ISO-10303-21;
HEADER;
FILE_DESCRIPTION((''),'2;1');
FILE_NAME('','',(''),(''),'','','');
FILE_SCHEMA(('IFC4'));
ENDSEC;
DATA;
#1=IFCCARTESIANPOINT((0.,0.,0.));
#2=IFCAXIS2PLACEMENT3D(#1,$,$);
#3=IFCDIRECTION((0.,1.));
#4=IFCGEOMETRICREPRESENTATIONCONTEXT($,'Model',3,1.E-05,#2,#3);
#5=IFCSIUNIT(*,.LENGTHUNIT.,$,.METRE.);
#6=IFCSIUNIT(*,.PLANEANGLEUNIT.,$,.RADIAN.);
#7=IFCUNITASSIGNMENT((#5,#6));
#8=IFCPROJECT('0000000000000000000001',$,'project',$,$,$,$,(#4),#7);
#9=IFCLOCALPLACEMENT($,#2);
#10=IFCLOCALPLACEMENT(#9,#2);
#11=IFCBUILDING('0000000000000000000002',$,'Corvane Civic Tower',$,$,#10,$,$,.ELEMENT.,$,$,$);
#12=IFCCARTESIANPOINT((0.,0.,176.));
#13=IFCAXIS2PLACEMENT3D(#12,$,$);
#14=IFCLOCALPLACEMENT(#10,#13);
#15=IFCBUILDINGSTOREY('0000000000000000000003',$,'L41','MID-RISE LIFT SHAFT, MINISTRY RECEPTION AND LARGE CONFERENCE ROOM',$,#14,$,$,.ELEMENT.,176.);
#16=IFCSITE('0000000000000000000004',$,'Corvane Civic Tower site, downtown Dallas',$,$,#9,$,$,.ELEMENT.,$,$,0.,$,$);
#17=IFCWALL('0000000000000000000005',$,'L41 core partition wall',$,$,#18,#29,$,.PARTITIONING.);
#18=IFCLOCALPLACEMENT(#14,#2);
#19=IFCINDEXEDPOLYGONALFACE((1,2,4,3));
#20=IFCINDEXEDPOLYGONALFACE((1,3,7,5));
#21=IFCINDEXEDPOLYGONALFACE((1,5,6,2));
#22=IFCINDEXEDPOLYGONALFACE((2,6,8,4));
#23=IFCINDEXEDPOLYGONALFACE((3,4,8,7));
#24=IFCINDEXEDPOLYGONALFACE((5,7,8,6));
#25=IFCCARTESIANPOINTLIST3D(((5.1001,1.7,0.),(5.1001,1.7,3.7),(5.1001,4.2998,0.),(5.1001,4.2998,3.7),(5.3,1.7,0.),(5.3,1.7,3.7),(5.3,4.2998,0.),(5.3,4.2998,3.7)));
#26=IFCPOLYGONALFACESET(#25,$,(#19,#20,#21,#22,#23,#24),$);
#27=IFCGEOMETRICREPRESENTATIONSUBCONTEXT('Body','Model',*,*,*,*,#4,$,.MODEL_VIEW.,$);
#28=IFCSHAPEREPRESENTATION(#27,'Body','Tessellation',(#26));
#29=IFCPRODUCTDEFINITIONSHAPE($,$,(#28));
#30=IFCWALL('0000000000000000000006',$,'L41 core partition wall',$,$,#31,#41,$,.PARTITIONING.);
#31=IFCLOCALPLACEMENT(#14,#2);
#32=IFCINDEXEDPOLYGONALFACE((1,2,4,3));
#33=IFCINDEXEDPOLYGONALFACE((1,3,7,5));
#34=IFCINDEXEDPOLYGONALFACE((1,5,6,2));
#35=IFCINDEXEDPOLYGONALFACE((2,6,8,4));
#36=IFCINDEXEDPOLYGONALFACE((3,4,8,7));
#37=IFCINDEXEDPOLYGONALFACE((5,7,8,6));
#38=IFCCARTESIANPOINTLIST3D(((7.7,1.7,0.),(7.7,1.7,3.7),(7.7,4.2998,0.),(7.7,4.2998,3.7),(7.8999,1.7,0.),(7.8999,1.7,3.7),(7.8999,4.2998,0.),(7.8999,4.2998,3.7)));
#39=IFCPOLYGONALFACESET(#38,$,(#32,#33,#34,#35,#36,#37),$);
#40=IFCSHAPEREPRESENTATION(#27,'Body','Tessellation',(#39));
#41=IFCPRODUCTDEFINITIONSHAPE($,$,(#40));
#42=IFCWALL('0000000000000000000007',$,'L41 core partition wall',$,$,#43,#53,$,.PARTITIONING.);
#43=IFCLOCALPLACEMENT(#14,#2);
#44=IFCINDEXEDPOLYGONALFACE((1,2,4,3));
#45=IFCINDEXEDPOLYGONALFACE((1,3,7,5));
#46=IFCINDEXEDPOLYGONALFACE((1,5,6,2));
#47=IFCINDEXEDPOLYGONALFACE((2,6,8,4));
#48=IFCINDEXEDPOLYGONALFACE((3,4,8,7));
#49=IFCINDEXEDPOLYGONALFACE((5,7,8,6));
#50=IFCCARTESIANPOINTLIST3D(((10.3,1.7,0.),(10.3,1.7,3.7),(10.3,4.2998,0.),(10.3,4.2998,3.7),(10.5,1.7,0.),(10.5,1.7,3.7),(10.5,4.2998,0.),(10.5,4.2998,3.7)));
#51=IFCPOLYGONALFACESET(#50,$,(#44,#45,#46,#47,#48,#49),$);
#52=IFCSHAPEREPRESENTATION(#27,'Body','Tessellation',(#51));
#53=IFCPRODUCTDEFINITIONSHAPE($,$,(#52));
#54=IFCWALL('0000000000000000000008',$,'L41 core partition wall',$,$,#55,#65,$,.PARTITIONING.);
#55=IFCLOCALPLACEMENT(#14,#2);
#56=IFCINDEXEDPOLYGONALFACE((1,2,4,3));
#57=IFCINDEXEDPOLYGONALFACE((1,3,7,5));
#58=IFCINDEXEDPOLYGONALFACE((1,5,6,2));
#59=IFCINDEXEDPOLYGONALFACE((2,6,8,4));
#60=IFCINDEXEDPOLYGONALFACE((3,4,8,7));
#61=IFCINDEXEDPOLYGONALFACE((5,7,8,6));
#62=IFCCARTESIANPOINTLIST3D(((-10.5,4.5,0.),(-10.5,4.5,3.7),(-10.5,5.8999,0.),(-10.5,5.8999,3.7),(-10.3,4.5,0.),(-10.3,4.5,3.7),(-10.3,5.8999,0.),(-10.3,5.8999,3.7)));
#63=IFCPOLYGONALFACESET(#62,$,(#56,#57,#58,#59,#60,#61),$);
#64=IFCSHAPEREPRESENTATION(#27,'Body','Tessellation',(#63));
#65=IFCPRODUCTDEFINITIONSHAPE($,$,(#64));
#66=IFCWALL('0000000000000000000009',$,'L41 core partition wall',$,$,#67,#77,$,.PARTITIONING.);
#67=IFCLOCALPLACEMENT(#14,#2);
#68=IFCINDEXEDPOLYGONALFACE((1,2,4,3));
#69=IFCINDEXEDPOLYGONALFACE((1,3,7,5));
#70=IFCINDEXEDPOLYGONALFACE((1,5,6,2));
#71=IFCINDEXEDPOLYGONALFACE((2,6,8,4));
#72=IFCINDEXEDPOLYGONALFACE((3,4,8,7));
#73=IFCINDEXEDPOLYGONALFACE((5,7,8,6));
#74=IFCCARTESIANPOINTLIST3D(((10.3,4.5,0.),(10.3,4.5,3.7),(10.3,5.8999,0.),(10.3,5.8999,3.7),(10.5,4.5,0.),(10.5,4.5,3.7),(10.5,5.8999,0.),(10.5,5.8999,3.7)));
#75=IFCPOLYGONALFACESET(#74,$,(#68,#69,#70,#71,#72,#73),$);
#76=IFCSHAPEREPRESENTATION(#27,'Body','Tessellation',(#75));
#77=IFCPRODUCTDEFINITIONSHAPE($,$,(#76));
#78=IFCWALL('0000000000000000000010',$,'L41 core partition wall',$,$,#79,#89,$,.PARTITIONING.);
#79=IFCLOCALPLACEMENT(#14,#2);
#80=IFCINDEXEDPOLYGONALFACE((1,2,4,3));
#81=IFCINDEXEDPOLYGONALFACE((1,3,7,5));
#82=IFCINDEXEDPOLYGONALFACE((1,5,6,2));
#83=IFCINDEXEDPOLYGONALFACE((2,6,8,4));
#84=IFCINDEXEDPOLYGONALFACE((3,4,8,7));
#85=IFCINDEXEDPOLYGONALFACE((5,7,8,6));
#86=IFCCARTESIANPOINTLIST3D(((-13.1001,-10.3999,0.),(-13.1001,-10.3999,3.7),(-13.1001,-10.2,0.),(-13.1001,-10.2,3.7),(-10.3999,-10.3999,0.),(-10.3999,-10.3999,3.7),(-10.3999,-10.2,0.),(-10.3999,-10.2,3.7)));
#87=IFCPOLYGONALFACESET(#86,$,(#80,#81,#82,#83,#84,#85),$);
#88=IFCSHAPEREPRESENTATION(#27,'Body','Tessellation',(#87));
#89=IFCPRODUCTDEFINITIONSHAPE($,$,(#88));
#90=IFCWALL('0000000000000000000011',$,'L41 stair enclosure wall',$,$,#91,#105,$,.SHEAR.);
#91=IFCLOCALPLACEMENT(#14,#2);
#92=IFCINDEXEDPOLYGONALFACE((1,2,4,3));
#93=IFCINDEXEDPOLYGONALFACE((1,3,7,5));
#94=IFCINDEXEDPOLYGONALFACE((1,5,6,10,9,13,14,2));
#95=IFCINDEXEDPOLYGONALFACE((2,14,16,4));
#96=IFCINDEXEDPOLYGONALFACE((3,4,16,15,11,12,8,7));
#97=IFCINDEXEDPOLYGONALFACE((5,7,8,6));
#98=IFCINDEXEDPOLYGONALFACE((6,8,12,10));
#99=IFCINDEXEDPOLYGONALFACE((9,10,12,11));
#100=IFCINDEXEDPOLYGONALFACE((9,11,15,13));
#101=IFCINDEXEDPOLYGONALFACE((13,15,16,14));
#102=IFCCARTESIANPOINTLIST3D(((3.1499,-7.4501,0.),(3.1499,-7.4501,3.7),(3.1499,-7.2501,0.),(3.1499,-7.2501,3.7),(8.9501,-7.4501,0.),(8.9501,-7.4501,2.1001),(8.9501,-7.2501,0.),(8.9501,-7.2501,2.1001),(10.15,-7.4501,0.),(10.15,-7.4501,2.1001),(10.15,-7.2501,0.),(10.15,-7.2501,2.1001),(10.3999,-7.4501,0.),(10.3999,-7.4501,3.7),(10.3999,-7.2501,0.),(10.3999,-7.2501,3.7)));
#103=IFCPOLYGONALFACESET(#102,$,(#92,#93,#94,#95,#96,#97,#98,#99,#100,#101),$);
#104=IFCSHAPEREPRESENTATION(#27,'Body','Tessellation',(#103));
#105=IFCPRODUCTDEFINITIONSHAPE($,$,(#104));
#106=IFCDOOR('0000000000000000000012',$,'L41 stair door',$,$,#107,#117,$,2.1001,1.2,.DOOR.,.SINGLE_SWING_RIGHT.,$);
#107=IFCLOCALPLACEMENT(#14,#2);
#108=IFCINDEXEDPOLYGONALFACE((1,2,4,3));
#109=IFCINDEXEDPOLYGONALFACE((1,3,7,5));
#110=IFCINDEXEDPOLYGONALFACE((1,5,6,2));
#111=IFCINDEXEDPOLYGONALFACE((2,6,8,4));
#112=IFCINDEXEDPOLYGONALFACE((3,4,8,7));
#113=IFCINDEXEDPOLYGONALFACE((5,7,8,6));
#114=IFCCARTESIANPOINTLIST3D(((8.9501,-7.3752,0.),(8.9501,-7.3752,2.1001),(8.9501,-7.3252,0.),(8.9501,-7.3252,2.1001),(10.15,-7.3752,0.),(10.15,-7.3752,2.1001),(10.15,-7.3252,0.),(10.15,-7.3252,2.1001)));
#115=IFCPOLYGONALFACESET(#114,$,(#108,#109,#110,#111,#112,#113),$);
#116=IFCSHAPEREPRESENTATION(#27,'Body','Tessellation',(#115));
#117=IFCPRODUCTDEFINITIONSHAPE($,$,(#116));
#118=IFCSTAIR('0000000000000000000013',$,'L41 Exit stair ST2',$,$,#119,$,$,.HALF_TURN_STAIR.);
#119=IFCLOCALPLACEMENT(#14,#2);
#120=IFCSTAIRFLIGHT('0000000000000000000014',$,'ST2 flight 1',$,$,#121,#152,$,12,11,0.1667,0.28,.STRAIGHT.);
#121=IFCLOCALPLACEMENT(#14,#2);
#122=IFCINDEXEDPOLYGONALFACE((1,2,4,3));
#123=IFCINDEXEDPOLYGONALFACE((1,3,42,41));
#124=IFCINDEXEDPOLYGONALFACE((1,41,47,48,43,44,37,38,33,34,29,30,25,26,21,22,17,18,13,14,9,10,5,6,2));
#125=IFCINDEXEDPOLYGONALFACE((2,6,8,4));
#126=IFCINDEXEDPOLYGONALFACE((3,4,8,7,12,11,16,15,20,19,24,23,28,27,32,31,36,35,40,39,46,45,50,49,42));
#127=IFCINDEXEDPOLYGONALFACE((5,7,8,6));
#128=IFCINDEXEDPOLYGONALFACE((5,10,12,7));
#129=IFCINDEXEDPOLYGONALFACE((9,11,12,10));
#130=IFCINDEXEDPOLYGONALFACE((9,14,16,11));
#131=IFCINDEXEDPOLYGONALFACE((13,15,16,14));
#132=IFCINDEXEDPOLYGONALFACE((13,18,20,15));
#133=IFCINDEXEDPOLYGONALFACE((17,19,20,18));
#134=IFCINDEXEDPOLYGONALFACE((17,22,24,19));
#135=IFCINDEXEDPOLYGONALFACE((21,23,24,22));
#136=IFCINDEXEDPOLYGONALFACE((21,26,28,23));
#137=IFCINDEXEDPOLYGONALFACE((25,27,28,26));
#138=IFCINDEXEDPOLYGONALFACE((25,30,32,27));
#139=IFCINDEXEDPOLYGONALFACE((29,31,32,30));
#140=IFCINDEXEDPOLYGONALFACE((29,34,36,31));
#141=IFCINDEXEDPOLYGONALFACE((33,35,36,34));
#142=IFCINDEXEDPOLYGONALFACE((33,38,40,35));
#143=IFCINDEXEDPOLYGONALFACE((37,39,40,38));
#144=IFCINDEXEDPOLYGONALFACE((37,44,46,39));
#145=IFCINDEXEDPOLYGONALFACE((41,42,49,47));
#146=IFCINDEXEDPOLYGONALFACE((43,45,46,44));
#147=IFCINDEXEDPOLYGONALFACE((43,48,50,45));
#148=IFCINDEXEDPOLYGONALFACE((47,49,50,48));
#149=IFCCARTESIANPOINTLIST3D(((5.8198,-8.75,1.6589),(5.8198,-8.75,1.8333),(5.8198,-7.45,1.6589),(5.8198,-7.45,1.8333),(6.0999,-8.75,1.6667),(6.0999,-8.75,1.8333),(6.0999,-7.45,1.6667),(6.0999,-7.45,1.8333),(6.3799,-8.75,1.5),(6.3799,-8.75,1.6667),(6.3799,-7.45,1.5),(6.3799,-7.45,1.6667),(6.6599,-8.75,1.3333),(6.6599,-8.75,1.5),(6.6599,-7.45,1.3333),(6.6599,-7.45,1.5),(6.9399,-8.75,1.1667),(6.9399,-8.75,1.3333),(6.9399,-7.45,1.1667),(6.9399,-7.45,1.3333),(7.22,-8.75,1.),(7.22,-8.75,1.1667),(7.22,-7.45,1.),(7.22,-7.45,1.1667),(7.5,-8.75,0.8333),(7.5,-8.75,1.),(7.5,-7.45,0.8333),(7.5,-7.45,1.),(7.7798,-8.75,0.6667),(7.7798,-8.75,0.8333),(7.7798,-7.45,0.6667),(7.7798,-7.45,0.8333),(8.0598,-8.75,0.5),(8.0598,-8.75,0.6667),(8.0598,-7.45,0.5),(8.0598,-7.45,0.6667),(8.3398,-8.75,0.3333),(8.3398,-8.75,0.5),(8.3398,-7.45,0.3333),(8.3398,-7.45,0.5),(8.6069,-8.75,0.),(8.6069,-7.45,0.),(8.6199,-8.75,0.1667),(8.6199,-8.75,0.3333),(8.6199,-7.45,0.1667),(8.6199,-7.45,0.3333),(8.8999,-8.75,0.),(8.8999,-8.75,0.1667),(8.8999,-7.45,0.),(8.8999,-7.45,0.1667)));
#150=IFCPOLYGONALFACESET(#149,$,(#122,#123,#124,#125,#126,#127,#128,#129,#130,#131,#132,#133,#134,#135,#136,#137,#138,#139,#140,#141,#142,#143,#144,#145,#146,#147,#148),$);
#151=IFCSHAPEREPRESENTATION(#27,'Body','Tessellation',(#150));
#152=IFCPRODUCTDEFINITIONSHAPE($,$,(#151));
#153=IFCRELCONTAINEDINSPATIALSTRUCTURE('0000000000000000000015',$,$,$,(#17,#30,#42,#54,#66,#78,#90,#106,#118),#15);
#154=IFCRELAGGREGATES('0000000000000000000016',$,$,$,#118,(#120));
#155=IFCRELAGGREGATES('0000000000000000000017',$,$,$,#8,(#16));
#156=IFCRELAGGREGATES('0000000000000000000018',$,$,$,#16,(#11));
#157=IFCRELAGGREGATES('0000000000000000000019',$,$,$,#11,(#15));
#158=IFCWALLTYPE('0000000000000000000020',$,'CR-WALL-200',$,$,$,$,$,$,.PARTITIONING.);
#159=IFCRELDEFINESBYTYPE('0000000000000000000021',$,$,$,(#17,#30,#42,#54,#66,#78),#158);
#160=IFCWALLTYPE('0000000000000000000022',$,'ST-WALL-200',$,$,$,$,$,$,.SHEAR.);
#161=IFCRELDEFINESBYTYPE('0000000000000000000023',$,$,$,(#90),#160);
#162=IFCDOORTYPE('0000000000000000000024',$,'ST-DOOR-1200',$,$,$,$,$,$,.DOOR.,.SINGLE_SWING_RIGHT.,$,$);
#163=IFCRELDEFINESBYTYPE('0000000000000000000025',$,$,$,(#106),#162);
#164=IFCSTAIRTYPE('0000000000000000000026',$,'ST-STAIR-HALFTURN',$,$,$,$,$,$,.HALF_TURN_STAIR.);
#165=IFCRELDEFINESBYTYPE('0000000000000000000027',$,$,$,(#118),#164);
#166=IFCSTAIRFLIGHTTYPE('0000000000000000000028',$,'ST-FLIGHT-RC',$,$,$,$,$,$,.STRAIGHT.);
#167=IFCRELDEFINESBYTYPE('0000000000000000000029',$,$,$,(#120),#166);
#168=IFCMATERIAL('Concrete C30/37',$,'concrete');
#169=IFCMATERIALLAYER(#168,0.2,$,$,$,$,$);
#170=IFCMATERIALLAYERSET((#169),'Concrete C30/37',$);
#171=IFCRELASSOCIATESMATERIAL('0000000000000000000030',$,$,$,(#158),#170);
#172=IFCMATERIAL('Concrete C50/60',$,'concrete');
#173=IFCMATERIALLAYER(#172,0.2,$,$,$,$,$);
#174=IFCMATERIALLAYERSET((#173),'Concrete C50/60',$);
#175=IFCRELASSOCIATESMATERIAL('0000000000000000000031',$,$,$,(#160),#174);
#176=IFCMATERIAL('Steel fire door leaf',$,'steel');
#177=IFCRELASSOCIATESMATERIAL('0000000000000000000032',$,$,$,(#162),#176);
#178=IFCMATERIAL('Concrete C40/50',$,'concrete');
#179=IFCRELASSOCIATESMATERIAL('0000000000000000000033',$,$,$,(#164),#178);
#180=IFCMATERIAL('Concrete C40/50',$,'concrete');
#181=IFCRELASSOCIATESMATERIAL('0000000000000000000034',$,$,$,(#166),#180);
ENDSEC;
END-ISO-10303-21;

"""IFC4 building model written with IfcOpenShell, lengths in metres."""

from ifc_helpers import new_model, si_unit, direction, frame, frame_2d, origin, place, context, subcontext, project, spatial, polyline, rectangle, outline, extrude, material, layer, layer_set, type_object, element, fill, aggregate, save


model = new_model("IFC4")

# Units and contexts
model_context = context("Model", 3, precision=1e-05, world=origin(), true_north=direction((0.0, 1.0)))
body_context = subcontext(model_context, "Body", "Model", "MODEL_VIEW")
ifc_project = project(units=[si_unit("LENGTHUNIT", "METRE"), si_unit("PLANEANGLEUNIT", "RADIAN")], contexts=[model_context])

# Site, building, storey
site_placement = place(None, origin())
site = spatial("IfcSite", under=ifc_project, at=site_placement, Name="Corvane Civic Tower site, downtown Dallas", CompositionType="ELEMENT", RefElevation=0.0)
building_placement = place(site_placement, origin())
building = spatial("IfcBuilding", under=site, at=building_placement, Name="Corvane Civic Tower", CompositionType="ELEMENT")
storey_placement = place(building_placement, frame((0.0, 0.0, 176.0)))
storey = spatial("IfcBuildingStorey", under=building, at=storey_placement, Name="L41", Description="MID-RISE LIFT SHAFT, MINISTRY RECEPTION AND LARGE CONFERENCE ROOM", CompositionType="ELEMENT", Elevation=176.0)

# Shared definitions
ifc_material_1 = material(Name="Concrete C30/37", Category="concrete")
ifc_layer_1 = layer(ifc_material_1, 0.2)
ifc_layer_set_1 = layer_set([ifc_layer_1], Name="Concrete C30/37")
wall_type_1 = type_object("IfcWallType", Name="CR-WALL-200", PredefinedType="PARTITIONING", material=ifc_layer_set_1)

# Walls
wall_1_placement = place(storey_placement, origin())
element("IfcWall", 1, at=wall_1_placement, inside=storey, type_object=wall_type_1, Name="L41 core partition wall", PredefinedType="PARTITIONING", context=body_context, shape_type="SweptSolid", body=[
    extrude(outline(polyline([(5.3, 1.7), (5.1001, 1.7), (5.1001, 4.2998), (5.3, 4.2998), (5.3, 1.7)])), origin(), (0.0, 0.0, 1.0), 3.7),
])
wall_2_placement = place(storey_placement, origin())
element("IfcWall", 2, at=wall_2_placement, inside=storey, type_object=wall_type_1, Name="L41 core partition wall", PredefinedType="PARTITIONING", context=body_context, shape_type="SweptSolid", body=[
    extrude(outline(polyline([(7.8999, 1.7), (7.7, 1.7), (7.7, 4.2998), (7.8999, 4.2998), (7.8999, 1.7)])), origin(), (0.0, 0.0, 1.0), 3.7),
])
wall_3_placement = place(storey_placement, origin())
element("IfcWall", 3, at=wall_3_placement, inside=storey, type_object=wall_type_1, Name="L41 core partition wall", PredefinedType="PARTITIONING", context=body_context, shape_type="SweptSolid", body=[
    extrude(outline(polyline([(10.5, 1.7), (10.3, 1.7), (10.3, 4.2998), (10.5, 4.2998), (10.5, 1.7)])), origin(), (0.0, 0.0, 1.0), 3.7),
])
wall_4_placement = place(storey_placement, origin())
element("IfcWall", 4, at=wall_4_placement, inside=storey, type_object=wall_type_1, Name="L41 core partition wall", PredefinedType="PARTITIONING", context=body_context, shape_type="SweptSolid", body=[
    extrude(outline(polyline([(-10.3, 4.5), (-10.5, 4.5), (-10.5, 5.8999), (-10.3, 5.8999), (-10.3, 4.5)])), origin(), (0.0, 0.0, 1.0), 3.7),
])
wall_5_placement = place(storey_placement, origin())
element("IfcWall", 5, at=wall_5_placement, inside=storey, type_object=wall_type_1, Name="L41 core partition wall", PredefinedType="PARTITIONING", context=body_context, shape_type="SweptSolid", body=[
    extrude(outline(polyline([(10.5, 4.5), (10.3, 4.5), (10.3, 5.8999), (10.5, 5.8999), (10.5, 4.5)])), origin(), (0.0, 0.0, 1.0), 3.7),
])
wall_6_placement = place(storey_placement, origin())
element("IfcWall", 6, at=wall_6_placement, inside=storey, type_object=wall_type_1, Name="L41 core partition wall", PredefinedType="PARTITIONING", context=body_context, shape_type="SweptSolid", body=[
    extrude(outline(polyline([(-10.3999, -10.3999), (-13.1001, -10.3999), (-13.1001, -10.2), (-10.3999, -10.2), (-10.3999, -10.3999)])), origin(), (0.0, 0.0, 1.0), 3.7),
])

# Wall, opening, door
ifc_material_2 = material(Name="Concrete C50/60", Category="concrete")
ifc_layer_2 = layer(ifc_material_2, 0.2)
ifc_layer_set_2 = layer_set([ifc_layer_2], Name="Concrete C50/60")
wall_type_2 = type_object("IfcWallType", Name="ST-WALL-200", PredefinedType="SHEAR", material=ifc_layer_set_2)
wall_7_placement = place(storey_placement, frame((3.1499, -7.3501, 0.0), z_axis=(0.0, 0.0, 1.0), x_axis=(1.0, 0.0, 0.0)))
wall_7 = element("IfcWall", 7, at=wall_7_placement, inside=storey, type_object=wall_type_2, Name="L41 stair enclosure wall", PredefinedType="SHEAR", context=body_context, shape_type="SweptSolid", body=[
    extrude(rectangle(XDim=7.25, YDim=0.2, at=frame_2d((3.625, 0.0))), origin(), (0.0, 0.0, 1.0), 3.7),
])
opening_1_placement = place(wall_7_placement, frame((5.8, 0.0, 0.0)))
opening_1 = element("IfcOpeningElement", 8, at=opening_1_placement, cuts=wall_7, PredefinedType="OPENING", context=body_context, shape_type="SweptSolid", body=[
    extrude(rectangle(XDim=1.2, YDim=2.1001, at=frame_2d((0.6001, 1.05))), frame((0.0, 0.1099, 0.0), z_axis=(0.0, -1.0, 0.0), x_axis=(1.0, 0.0, 0.0)), (0.0, 0.0, 1.0), 0.22),
])
ifc_material_3 = material(Name="Steel fire door leaf", Category="steel")
door_type_1 = type_object("IfcDoorType", Name="ST-DOOR-1200", OperationType="SINGLE_SWING_RIGHT", PredefinedType="DOOR", material=ifc_material_3)
door_1_placement = place(opening_1_placement, origin())
door_1 = element("IfcDoor", 9, at=door_1_placement, inside=storey, type_object=door_type_1, Name="L41 stair door", OperationType="SINGLE_SWING_RIGHT", OverallHeight=2.1001, OverallWidth=1.2, PredefinedType="DOOR", context=body_context, shape_type="SweptSolid", body=[
    extrude(rectangle(XDim=1.2, YDim=2.1001, at=frame_2d((0.6001, 1.05))), frame((0.0, 0.0249, 0.0), z_axis=(0.0, -1.0, 0.0), x_axis=(1.0, 0.0, 0.0)), (0.0, 0.0, 1.0), 0.05),
])
fill(opening_1, door_1)

# Stair, stair flight
ifc_material_4 = material(Name="Concrete C40/50", Category="concrete")
stair_type = type_object("IfcStairType", Name="ST-STAIR-HALFTURN", PredefinedType="HALF_TURN_STAIR", material=ifc_material_4)
stair_placement = place(storey_placement, origin())
stair = element("IfcStair", 10, at=stair_placement, inside=storey, type_object=stair_type, Name="L41 Exit stair ST2", PredefinedType="HALF_TURN_STAIR")
ifc_material_5 = material(Name="Concrete C40/50", Category="concrete")
stair_flight_type = type_object("IfcStairFlightType", Name="ST-FLIGHT-RC", PredefinedType="STRAIGHT", material=ifc_material_5)
stair_flight_placement = place(storey_placement, frame((8.8999, -8.1001, 0.0), z_axis=(0.0, 0.0, 1.0), x_axis=(-1.0, 0.0, 0.0)))
stair_flight = element("IfcStairFlight", 11, at=stair_flight_placement, type_object=stair_flight_type, Name="ST2 flight 1", NumberOfRisers=12, NumberOfTreads=11, PredefinedType="STRAIGHT", RiserHeight=0.1667, TreadLength=0.28, context=body_context, shape_type="SweptSolid", body=[
    extrude(outline(polyline([(0.0, 0.0), (0.0, 0.1667), (0.28, 0.1667), (0.28, 0.3333), (0.5601, 0.3333), (0.5601, 0.5), (0.8401, 0.5), (0.8401, 0.6667), (1.1201, 0.6667), (1.1201, 0.8333), (1.3999, 0.8333), (1.3999, 1.0), (1.6799, 1.0), (1.6799, 1.1667), (1.96, 1.1667), (1.96, 1.3333), (2.24, 1.3333), (2.24, 1.5), (2.52, 1.5), (2.52, 1.6667), (2.8, 1.6667), (2.8, 1.8333), (3.0801, 1.8333), (3.0801, 2.0), (3.0801, 1.6589), (0.293, 0.0), (0.0, 0.0)])), frame((0.0, 0.6499, 0.0), z_axis=(0.0, -1.0, 0.0), x_axis=(1.0, 0.0, 0.0)), (0.0, 0.0, 1.0), 1.3),
])
aggregate(stair, [stair_flight])

save(model, "model.ifc")
